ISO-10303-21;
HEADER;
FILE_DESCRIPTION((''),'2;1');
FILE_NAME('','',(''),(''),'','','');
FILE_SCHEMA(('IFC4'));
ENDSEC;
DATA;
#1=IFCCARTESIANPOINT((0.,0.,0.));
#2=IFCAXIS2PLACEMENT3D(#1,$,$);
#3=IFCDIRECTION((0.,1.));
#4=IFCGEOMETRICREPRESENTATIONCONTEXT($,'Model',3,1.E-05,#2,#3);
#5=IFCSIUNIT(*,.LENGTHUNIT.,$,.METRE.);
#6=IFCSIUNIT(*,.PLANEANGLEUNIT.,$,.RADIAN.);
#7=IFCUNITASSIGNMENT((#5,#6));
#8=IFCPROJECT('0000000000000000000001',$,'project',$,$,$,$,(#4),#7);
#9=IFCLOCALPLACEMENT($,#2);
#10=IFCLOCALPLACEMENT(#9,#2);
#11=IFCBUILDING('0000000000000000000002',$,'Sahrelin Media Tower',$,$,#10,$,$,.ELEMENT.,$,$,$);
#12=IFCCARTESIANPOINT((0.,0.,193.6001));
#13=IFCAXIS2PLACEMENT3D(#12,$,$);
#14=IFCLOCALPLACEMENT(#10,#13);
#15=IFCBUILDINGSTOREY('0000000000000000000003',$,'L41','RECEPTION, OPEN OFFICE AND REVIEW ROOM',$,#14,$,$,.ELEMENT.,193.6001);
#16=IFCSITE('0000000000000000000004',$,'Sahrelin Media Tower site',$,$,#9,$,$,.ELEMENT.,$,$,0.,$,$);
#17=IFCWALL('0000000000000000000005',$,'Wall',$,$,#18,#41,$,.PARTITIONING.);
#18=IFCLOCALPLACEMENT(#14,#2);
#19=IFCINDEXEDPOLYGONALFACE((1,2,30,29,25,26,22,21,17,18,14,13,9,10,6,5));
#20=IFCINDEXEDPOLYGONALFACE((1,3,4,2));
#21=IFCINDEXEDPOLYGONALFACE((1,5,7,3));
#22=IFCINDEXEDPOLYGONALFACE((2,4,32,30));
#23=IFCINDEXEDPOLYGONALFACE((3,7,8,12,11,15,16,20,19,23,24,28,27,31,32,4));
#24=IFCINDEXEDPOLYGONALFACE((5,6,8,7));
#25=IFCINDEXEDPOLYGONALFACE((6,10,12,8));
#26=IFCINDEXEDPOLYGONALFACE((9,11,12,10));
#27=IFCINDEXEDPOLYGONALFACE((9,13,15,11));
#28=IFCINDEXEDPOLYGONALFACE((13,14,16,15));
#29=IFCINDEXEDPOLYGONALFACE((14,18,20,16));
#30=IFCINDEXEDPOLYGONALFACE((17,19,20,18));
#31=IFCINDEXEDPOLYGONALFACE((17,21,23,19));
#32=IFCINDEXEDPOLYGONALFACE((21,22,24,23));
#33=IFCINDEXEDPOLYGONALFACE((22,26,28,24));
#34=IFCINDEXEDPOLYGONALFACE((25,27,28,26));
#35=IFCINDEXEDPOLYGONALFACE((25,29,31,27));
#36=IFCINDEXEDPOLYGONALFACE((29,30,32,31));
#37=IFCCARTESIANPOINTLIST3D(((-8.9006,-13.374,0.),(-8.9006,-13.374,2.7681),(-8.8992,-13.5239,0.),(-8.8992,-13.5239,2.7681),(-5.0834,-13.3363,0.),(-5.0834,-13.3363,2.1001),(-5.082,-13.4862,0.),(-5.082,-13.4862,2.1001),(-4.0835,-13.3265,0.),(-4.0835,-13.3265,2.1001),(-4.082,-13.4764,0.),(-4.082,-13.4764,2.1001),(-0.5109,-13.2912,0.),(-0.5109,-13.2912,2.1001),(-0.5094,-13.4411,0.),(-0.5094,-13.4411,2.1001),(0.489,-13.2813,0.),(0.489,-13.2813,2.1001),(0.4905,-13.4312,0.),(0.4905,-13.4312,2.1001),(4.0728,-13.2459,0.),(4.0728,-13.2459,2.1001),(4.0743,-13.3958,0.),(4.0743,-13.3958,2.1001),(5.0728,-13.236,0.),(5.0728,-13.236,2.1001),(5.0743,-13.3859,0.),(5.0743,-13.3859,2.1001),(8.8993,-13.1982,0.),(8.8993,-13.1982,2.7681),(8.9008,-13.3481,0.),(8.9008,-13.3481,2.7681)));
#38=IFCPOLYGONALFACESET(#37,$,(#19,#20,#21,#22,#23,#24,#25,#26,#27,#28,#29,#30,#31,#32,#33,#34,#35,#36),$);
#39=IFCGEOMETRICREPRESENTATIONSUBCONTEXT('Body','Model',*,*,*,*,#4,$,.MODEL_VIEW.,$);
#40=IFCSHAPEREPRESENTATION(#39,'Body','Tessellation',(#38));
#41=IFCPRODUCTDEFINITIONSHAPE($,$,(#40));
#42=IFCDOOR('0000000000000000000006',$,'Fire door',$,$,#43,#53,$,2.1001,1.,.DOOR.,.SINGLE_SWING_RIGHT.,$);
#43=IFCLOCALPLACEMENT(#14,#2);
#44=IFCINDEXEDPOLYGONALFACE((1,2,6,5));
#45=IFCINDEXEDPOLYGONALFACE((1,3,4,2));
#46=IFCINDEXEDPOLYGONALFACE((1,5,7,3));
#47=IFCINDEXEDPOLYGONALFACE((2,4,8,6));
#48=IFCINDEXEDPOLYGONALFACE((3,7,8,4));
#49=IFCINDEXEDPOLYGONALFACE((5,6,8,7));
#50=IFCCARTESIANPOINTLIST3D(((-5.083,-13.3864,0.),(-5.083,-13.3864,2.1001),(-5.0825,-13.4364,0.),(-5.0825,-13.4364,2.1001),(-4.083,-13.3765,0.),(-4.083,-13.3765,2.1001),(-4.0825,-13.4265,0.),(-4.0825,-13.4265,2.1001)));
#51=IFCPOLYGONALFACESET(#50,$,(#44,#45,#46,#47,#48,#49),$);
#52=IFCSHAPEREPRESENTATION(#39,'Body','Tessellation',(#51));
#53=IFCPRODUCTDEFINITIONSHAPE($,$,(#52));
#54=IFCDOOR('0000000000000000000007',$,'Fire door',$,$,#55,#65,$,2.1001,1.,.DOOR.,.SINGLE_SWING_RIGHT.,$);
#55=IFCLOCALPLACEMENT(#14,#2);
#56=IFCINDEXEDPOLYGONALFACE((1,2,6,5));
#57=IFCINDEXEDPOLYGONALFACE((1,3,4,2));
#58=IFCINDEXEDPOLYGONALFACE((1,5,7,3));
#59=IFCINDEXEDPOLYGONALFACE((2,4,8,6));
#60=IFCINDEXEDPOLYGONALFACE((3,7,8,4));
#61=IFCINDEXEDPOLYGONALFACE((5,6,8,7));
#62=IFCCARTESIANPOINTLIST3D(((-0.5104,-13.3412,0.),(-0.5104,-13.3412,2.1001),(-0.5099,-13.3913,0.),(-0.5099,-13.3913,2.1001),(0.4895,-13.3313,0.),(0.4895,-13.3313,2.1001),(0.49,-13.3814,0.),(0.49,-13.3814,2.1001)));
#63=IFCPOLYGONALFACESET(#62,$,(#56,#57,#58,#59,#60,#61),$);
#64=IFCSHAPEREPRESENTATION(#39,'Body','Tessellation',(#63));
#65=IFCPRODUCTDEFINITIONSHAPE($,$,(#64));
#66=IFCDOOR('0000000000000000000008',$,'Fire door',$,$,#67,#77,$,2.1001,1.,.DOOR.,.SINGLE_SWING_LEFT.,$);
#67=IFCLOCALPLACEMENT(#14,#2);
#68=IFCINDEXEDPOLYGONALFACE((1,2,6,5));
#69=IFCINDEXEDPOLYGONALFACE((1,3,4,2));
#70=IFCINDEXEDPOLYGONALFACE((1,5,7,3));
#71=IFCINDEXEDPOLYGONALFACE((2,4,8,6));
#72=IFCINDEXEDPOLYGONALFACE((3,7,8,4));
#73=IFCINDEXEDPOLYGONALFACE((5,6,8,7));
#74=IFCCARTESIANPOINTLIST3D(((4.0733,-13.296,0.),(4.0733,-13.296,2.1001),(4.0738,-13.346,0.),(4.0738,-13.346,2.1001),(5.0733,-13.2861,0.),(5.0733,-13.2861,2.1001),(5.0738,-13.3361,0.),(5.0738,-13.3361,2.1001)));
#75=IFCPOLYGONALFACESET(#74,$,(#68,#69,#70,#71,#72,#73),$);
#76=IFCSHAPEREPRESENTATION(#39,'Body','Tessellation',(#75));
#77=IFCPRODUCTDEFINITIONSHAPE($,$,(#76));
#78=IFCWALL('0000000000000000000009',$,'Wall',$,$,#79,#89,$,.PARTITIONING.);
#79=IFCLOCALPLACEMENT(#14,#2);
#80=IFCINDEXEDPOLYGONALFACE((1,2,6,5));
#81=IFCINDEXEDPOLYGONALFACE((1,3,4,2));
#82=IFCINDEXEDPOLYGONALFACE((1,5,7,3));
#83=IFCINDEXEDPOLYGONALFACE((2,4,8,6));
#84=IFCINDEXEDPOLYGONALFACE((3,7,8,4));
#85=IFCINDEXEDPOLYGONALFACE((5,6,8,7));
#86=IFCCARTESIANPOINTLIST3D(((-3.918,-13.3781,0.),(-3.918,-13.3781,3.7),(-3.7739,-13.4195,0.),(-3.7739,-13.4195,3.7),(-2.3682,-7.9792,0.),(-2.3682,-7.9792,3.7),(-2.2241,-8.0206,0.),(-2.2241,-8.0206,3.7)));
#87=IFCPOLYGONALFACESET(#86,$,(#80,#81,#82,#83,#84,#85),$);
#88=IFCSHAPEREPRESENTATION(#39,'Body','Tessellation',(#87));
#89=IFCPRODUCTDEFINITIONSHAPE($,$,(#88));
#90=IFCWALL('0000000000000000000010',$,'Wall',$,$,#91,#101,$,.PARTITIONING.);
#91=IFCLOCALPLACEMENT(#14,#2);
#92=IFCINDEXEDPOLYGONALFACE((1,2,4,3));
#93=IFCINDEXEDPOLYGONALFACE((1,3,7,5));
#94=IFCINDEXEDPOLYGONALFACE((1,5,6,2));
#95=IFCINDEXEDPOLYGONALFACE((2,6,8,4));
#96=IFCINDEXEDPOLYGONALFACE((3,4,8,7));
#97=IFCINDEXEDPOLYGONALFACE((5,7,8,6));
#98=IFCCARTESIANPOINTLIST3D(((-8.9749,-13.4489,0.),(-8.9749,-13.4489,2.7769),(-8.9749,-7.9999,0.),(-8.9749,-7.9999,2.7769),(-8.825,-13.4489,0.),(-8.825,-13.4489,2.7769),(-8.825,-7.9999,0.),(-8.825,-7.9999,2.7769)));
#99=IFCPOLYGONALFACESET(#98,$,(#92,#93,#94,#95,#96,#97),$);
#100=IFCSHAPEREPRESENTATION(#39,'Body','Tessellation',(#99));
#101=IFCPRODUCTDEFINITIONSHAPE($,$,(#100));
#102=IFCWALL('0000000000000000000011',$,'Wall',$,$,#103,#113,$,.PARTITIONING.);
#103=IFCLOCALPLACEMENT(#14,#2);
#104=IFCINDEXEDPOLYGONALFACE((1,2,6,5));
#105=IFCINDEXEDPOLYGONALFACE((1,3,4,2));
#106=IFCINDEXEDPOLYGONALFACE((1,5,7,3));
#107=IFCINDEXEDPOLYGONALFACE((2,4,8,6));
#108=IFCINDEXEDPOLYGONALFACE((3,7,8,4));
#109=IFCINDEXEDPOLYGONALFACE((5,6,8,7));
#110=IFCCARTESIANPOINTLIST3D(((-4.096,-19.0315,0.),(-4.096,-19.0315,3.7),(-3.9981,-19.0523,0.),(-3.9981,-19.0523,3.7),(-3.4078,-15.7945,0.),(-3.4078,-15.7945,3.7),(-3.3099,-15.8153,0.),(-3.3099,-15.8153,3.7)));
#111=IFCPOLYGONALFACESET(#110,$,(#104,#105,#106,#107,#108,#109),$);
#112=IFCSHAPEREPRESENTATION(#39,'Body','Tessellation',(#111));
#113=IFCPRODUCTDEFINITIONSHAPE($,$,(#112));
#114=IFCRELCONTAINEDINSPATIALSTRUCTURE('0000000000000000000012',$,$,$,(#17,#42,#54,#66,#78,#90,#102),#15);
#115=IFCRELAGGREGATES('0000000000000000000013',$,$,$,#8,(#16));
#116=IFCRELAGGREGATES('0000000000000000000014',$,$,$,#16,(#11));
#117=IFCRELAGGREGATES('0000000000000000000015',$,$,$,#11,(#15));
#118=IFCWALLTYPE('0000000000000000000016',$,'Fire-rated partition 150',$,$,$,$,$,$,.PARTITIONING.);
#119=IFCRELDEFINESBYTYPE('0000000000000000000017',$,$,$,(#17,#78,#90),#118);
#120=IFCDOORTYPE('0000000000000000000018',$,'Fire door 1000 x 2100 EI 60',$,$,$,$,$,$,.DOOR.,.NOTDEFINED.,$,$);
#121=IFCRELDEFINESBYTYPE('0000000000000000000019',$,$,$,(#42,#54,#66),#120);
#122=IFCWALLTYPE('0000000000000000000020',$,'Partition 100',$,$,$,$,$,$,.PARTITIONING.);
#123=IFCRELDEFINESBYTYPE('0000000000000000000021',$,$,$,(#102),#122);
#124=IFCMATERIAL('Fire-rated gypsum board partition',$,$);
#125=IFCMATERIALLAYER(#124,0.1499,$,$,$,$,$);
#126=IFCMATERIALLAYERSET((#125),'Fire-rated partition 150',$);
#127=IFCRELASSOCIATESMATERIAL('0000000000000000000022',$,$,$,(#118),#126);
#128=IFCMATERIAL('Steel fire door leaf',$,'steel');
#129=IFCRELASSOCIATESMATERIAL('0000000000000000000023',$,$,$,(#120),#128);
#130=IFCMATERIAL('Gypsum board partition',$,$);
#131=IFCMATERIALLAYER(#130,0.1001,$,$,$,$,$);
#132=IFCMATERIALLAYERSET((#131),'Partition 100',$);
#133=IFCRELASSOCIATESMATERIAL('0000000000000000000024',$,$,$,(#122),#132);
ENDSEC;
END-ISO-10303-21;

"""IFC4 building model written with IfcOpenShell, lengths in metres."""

from ifc_helpers import new_model, si_unit, direction, frame, frame_2d, origin, place, context, subcontext, project, spatial, rectangle, extrude, material, layer, layer_set, type_object, element, fill, save


model = new_model("IFC4")

# Units and contexts
model_context = context("Model", 3, precision=1e-05, world=origin(), true_north=direction((0.0, 1.0)))
body_context = subcontext(model_context, "Body", "Model", "MODEL_VIEW")
ifc_project = project(units=[si_unit("LENGTHUNIT", "METRE"), si_unit("PLANEANGLEUNIT", "RADIAN")], contexts=[model_context])

# Site, building, storey
site_placement = place(None, origin())
site = spatial("IfcSite", under=ifc_project, at=site_placement, Name="Sahrelin Media Tower site", CompositionType="ELEMENT", RefElevation=0.0)
building_placement = place(site_placement, origin())
building = spatial("IfcBuilding", under=site, at=building_placement, Name="Sahrelin Media Tower", CompositionType="ELEMENT")
storey_placement = place(building_placement, frame((0.0, 0.0, 193.6001)))
storey = spatial("IfcBuildingStorey", under=building, at=storey_placement, Name="L41", Description="RECEPTION, OPEN OFFICE AND REVIEW ROOM", CompositionType="ELEMENT", Elevation=193.6001)

# Wall, openings, doors
ifc_material_1 = material(Name="Fire-rated gypsum board partition")
ifc_layer_1 = layer(ifc_material_1, 0.1499)
ifc_layer_set_1 = layer_set([ifc_layer_1], Name="Fire-rated partition 150")
wall_type_1 = type_object("IfcWallType", Name="Fire-rated partition 150", PredefinedType="PARTITIONING", material=ifc_layer_set_1)
wall_1_placement = place(storey_placement, frame((-8.8999, -13.449, 0.0), z_axis=(0.0, 0.0, 1.0), x_axis=(0.999951, 0.009875, 0.0)))
wall_1 = element("IfcWall", 1, at=wall_1_placement, inside=storey, type_object=wall_type_1, Name="Wall", PredefinedType="PARTITIONING", context=body_context, shape_type="SweptSolid", body=[
    extrude(rectangle(XDim=17.8008, YDim=0.1499, at=frame_2d((8.9004, 0.0))), origin(), (0.0, 0.0, 1.0), 2.7681),
])
opening_1_placement = place(wall_1_placement, frame((3.8174, 0.0, 0.0)))
opening_1 = element("IfcOpeningElement", 2, at=opening_1_placement, cuts=wall_1, PredefinedType="OPENING", context=body_context, shape_type="SweptSolid", body=[
    extrude(rectangle(XDim=1.0, YDim=2.1001, at=frame_2d((0.5, 1.05))), frame((0.0, 0.075, 0.0), z_axis=(0.0, -1.0, 0.0), x_axis=(1.0, 0.0, 0.0)), (0.0, 0.0, 1.0), 0.1499),
])
opening_2_placement = place(wall_1_placement, frame((8.3901, 0.0, 0.0)))
opening_2 = element("IfcOpeningElement", 3, at=opening_2_placement, cuts=wall_1, PredefinedType="OPENING", context=body_context, shape_type="SweptSolid", body=[
    extrude(rectangle(XDim=1.0, YDim=2.1001, at=frame_2d((0.5, 1.05))), frame((0.0, 0.075, 0.0), z_axis=(0.0, -1.0, 0.0), x_axis=(1.0, 0.0, 0.0)), (0.0, 0.0, 1.0), 0.1499),
])
opening_3_placement = place(wall_1_placement, frame((12.9741, 0.0, 0.0)))
opening_3 = element("IfcOpeningElement", 4, at=opening_3_placement, cuts=wall_1, PredefinedType="OPENING", context=body_context, shape_type="SweptSolid", body=[
    extrude(rectangle(XDim=1.0, YDim=2.1001, at=frame_2d((0.5, 1.05))), frame((0.0, 0.075, 0.0), z_axis=(0.0, -1.0, 0.0), x_axis=(1.0, 0.0, 0.0)), (0.0, 0.0, 1.0), 0.1499),
])
ifc_material_2 = material(Name="Steel fire door leaf", Category="steel")
door_type = type_object("IfcDoorType", Name="Fire door 1000 x 2100 EI 60", OperationType="NOTDEFINED", PredefinedType="DOOR", material=ifc_material_2)
door_1_placement = place(opening_1_placement, origin())
door_1 = element("IfcDoor", 5, at=door_1_placement, inside=storey, type_object=door_type, Name="Fire door", OperationType="SINGLE_SWING_RIGHT", OverallHeight=2.1001, OverallWidth=1.0, PredefinedType="DOOR", context=body_context, shape_type="SweptSolid", body=[
    extrude(rectangle(XDim=1.0, YDim=2.1001, at=frame_2d((0.5, 1.05))), frame((0.0, 0.0249, 0.0), z_axis=(0.0, -1.0, 0.0), x_axis=(1.0, 0.0, 0.0)), (0.0, 0.0, 1.0), 0.05),
])
fill(opening_1, door_1)
door_2_placement = place(opening_2_placement, origin())
door_2 = element("IfcDoor", 6, at=door_2_placement, inside=storey, type_object=door_type, Name="Fire door", OperationType="SINGLE_SWING_RIGHT", OverallHeight=2.1001, OverallWidth=1.0, PredefinedType="DOOR", context=body_context, shape_type="SweptSolid", body=[
    extrude(rectangle(XDim=1.0, YDim=2.1001, at=frame_2d((0.5, 1.05))), frame((0.0, 0.0249, 0.0), z_axis=(0.0, -1.0, 0.0), x_axis=(1.0, 0.0, 0.0)), (0.0, 0.0, 1.0), 0.05),
])
fill(opening_2, door_2)
door_3_placement = place(opening_3_placement, origin())
door_3 = element("IfcDoor", 7, at=door_3_placement, inside=storey, type_object=door_type, Name="Fire door", OperationType="SINGLE_SWING_LEFT", OverallHeight=2.1001, OverallWidth=1.0, PredefinedType="DOOR", context=body_context, shape_type="SweptSolid", body=[
    extrude(rectangle(XDim=1.0, YDim=2.1001, at=frame_2d((0.5, 1.05))), frame((0.0, 0.0249, 0.0), z_axis=(0.0, -1.0, 0.0), x_axis=(1.0, 0.0, 0.0)), (0.0, 0.0, 1.0), 0.05),
])
fill(opening_3, door_3)

# Walls
wall_2_placement = place(storey_placement, frame((-3.8459, -13.3989, 0.0), z_axis=(0.0, 0.0, 1.0), x_axis=(0.275915, 0.961182, 0.0)))
element("IfcWall", 8, at=wall_2_placement, inside=storey, type_object=wall_type_1, Name="Wall", PredefinedType="PARTITIONING", context=body_context, shape_type="SweptSolid", body=[
    extrude(rectangle(XDim=5.6169, YDim=0.1499, at=frame_2d((2.8086, 0.0))), origin(), (0.0, 0.0, 1.0), 3.7),
])
wall_3_placement = place(storey_placement, frame((-8.8999, -13.449, 0.0), z_axis=(0.0, 0.0, 1.0), x_axis=(0.0, 1.0, 0.0)))
element("IfcWall", 9, at=wall_3_placement, inside=storey, type_object=wall_type_1, Name="Wall", PredefinedType="PARTITIONING", context=body_context, shape_type="SweptSolid", body=[
    extrude(rectangle(XDim=5.449, YDim=0.1499, at=frame_2d((2.7246, 0.0))), origin(), (0.0, 0.0, 1.0), 2.7769),
])
ifc_material_3 = material(Name="Gypsum board partition")
ifc_layer_2 = layer(ifc_material_3, 0.1001)
ifc_layer_set_2 = layer_set([ifc_layer_2], Name="Partition 100")
wall_type_2 = type_object("IfcWallType", Name="Partition 100", PredefinedType="PARTITIONING", material=ifc_layer_set_2)
wall_4_placement = place(storey_placement, frame((-4.0471, -19.042, 0.0), z_axis=(0.0, 0.0, 1.0), x_axis=(0.207962, 0.978137, 0.0)))
element("IfcWall", 10, at=wall_4_placement, inside=storey, type_object=wall_type_2, Name="Wall", PredefinedType="PARTITIONING", context=body_context, shape_type="SweptSolid", body=[
    extrude(rectangle(XDim=3.3093, YDim=0.1001, at=frame_2d((1.6548, 0.0))), origin(), (0.0, 0.0, 1.0), 3.7),
])

save(model, "model.ifc")
